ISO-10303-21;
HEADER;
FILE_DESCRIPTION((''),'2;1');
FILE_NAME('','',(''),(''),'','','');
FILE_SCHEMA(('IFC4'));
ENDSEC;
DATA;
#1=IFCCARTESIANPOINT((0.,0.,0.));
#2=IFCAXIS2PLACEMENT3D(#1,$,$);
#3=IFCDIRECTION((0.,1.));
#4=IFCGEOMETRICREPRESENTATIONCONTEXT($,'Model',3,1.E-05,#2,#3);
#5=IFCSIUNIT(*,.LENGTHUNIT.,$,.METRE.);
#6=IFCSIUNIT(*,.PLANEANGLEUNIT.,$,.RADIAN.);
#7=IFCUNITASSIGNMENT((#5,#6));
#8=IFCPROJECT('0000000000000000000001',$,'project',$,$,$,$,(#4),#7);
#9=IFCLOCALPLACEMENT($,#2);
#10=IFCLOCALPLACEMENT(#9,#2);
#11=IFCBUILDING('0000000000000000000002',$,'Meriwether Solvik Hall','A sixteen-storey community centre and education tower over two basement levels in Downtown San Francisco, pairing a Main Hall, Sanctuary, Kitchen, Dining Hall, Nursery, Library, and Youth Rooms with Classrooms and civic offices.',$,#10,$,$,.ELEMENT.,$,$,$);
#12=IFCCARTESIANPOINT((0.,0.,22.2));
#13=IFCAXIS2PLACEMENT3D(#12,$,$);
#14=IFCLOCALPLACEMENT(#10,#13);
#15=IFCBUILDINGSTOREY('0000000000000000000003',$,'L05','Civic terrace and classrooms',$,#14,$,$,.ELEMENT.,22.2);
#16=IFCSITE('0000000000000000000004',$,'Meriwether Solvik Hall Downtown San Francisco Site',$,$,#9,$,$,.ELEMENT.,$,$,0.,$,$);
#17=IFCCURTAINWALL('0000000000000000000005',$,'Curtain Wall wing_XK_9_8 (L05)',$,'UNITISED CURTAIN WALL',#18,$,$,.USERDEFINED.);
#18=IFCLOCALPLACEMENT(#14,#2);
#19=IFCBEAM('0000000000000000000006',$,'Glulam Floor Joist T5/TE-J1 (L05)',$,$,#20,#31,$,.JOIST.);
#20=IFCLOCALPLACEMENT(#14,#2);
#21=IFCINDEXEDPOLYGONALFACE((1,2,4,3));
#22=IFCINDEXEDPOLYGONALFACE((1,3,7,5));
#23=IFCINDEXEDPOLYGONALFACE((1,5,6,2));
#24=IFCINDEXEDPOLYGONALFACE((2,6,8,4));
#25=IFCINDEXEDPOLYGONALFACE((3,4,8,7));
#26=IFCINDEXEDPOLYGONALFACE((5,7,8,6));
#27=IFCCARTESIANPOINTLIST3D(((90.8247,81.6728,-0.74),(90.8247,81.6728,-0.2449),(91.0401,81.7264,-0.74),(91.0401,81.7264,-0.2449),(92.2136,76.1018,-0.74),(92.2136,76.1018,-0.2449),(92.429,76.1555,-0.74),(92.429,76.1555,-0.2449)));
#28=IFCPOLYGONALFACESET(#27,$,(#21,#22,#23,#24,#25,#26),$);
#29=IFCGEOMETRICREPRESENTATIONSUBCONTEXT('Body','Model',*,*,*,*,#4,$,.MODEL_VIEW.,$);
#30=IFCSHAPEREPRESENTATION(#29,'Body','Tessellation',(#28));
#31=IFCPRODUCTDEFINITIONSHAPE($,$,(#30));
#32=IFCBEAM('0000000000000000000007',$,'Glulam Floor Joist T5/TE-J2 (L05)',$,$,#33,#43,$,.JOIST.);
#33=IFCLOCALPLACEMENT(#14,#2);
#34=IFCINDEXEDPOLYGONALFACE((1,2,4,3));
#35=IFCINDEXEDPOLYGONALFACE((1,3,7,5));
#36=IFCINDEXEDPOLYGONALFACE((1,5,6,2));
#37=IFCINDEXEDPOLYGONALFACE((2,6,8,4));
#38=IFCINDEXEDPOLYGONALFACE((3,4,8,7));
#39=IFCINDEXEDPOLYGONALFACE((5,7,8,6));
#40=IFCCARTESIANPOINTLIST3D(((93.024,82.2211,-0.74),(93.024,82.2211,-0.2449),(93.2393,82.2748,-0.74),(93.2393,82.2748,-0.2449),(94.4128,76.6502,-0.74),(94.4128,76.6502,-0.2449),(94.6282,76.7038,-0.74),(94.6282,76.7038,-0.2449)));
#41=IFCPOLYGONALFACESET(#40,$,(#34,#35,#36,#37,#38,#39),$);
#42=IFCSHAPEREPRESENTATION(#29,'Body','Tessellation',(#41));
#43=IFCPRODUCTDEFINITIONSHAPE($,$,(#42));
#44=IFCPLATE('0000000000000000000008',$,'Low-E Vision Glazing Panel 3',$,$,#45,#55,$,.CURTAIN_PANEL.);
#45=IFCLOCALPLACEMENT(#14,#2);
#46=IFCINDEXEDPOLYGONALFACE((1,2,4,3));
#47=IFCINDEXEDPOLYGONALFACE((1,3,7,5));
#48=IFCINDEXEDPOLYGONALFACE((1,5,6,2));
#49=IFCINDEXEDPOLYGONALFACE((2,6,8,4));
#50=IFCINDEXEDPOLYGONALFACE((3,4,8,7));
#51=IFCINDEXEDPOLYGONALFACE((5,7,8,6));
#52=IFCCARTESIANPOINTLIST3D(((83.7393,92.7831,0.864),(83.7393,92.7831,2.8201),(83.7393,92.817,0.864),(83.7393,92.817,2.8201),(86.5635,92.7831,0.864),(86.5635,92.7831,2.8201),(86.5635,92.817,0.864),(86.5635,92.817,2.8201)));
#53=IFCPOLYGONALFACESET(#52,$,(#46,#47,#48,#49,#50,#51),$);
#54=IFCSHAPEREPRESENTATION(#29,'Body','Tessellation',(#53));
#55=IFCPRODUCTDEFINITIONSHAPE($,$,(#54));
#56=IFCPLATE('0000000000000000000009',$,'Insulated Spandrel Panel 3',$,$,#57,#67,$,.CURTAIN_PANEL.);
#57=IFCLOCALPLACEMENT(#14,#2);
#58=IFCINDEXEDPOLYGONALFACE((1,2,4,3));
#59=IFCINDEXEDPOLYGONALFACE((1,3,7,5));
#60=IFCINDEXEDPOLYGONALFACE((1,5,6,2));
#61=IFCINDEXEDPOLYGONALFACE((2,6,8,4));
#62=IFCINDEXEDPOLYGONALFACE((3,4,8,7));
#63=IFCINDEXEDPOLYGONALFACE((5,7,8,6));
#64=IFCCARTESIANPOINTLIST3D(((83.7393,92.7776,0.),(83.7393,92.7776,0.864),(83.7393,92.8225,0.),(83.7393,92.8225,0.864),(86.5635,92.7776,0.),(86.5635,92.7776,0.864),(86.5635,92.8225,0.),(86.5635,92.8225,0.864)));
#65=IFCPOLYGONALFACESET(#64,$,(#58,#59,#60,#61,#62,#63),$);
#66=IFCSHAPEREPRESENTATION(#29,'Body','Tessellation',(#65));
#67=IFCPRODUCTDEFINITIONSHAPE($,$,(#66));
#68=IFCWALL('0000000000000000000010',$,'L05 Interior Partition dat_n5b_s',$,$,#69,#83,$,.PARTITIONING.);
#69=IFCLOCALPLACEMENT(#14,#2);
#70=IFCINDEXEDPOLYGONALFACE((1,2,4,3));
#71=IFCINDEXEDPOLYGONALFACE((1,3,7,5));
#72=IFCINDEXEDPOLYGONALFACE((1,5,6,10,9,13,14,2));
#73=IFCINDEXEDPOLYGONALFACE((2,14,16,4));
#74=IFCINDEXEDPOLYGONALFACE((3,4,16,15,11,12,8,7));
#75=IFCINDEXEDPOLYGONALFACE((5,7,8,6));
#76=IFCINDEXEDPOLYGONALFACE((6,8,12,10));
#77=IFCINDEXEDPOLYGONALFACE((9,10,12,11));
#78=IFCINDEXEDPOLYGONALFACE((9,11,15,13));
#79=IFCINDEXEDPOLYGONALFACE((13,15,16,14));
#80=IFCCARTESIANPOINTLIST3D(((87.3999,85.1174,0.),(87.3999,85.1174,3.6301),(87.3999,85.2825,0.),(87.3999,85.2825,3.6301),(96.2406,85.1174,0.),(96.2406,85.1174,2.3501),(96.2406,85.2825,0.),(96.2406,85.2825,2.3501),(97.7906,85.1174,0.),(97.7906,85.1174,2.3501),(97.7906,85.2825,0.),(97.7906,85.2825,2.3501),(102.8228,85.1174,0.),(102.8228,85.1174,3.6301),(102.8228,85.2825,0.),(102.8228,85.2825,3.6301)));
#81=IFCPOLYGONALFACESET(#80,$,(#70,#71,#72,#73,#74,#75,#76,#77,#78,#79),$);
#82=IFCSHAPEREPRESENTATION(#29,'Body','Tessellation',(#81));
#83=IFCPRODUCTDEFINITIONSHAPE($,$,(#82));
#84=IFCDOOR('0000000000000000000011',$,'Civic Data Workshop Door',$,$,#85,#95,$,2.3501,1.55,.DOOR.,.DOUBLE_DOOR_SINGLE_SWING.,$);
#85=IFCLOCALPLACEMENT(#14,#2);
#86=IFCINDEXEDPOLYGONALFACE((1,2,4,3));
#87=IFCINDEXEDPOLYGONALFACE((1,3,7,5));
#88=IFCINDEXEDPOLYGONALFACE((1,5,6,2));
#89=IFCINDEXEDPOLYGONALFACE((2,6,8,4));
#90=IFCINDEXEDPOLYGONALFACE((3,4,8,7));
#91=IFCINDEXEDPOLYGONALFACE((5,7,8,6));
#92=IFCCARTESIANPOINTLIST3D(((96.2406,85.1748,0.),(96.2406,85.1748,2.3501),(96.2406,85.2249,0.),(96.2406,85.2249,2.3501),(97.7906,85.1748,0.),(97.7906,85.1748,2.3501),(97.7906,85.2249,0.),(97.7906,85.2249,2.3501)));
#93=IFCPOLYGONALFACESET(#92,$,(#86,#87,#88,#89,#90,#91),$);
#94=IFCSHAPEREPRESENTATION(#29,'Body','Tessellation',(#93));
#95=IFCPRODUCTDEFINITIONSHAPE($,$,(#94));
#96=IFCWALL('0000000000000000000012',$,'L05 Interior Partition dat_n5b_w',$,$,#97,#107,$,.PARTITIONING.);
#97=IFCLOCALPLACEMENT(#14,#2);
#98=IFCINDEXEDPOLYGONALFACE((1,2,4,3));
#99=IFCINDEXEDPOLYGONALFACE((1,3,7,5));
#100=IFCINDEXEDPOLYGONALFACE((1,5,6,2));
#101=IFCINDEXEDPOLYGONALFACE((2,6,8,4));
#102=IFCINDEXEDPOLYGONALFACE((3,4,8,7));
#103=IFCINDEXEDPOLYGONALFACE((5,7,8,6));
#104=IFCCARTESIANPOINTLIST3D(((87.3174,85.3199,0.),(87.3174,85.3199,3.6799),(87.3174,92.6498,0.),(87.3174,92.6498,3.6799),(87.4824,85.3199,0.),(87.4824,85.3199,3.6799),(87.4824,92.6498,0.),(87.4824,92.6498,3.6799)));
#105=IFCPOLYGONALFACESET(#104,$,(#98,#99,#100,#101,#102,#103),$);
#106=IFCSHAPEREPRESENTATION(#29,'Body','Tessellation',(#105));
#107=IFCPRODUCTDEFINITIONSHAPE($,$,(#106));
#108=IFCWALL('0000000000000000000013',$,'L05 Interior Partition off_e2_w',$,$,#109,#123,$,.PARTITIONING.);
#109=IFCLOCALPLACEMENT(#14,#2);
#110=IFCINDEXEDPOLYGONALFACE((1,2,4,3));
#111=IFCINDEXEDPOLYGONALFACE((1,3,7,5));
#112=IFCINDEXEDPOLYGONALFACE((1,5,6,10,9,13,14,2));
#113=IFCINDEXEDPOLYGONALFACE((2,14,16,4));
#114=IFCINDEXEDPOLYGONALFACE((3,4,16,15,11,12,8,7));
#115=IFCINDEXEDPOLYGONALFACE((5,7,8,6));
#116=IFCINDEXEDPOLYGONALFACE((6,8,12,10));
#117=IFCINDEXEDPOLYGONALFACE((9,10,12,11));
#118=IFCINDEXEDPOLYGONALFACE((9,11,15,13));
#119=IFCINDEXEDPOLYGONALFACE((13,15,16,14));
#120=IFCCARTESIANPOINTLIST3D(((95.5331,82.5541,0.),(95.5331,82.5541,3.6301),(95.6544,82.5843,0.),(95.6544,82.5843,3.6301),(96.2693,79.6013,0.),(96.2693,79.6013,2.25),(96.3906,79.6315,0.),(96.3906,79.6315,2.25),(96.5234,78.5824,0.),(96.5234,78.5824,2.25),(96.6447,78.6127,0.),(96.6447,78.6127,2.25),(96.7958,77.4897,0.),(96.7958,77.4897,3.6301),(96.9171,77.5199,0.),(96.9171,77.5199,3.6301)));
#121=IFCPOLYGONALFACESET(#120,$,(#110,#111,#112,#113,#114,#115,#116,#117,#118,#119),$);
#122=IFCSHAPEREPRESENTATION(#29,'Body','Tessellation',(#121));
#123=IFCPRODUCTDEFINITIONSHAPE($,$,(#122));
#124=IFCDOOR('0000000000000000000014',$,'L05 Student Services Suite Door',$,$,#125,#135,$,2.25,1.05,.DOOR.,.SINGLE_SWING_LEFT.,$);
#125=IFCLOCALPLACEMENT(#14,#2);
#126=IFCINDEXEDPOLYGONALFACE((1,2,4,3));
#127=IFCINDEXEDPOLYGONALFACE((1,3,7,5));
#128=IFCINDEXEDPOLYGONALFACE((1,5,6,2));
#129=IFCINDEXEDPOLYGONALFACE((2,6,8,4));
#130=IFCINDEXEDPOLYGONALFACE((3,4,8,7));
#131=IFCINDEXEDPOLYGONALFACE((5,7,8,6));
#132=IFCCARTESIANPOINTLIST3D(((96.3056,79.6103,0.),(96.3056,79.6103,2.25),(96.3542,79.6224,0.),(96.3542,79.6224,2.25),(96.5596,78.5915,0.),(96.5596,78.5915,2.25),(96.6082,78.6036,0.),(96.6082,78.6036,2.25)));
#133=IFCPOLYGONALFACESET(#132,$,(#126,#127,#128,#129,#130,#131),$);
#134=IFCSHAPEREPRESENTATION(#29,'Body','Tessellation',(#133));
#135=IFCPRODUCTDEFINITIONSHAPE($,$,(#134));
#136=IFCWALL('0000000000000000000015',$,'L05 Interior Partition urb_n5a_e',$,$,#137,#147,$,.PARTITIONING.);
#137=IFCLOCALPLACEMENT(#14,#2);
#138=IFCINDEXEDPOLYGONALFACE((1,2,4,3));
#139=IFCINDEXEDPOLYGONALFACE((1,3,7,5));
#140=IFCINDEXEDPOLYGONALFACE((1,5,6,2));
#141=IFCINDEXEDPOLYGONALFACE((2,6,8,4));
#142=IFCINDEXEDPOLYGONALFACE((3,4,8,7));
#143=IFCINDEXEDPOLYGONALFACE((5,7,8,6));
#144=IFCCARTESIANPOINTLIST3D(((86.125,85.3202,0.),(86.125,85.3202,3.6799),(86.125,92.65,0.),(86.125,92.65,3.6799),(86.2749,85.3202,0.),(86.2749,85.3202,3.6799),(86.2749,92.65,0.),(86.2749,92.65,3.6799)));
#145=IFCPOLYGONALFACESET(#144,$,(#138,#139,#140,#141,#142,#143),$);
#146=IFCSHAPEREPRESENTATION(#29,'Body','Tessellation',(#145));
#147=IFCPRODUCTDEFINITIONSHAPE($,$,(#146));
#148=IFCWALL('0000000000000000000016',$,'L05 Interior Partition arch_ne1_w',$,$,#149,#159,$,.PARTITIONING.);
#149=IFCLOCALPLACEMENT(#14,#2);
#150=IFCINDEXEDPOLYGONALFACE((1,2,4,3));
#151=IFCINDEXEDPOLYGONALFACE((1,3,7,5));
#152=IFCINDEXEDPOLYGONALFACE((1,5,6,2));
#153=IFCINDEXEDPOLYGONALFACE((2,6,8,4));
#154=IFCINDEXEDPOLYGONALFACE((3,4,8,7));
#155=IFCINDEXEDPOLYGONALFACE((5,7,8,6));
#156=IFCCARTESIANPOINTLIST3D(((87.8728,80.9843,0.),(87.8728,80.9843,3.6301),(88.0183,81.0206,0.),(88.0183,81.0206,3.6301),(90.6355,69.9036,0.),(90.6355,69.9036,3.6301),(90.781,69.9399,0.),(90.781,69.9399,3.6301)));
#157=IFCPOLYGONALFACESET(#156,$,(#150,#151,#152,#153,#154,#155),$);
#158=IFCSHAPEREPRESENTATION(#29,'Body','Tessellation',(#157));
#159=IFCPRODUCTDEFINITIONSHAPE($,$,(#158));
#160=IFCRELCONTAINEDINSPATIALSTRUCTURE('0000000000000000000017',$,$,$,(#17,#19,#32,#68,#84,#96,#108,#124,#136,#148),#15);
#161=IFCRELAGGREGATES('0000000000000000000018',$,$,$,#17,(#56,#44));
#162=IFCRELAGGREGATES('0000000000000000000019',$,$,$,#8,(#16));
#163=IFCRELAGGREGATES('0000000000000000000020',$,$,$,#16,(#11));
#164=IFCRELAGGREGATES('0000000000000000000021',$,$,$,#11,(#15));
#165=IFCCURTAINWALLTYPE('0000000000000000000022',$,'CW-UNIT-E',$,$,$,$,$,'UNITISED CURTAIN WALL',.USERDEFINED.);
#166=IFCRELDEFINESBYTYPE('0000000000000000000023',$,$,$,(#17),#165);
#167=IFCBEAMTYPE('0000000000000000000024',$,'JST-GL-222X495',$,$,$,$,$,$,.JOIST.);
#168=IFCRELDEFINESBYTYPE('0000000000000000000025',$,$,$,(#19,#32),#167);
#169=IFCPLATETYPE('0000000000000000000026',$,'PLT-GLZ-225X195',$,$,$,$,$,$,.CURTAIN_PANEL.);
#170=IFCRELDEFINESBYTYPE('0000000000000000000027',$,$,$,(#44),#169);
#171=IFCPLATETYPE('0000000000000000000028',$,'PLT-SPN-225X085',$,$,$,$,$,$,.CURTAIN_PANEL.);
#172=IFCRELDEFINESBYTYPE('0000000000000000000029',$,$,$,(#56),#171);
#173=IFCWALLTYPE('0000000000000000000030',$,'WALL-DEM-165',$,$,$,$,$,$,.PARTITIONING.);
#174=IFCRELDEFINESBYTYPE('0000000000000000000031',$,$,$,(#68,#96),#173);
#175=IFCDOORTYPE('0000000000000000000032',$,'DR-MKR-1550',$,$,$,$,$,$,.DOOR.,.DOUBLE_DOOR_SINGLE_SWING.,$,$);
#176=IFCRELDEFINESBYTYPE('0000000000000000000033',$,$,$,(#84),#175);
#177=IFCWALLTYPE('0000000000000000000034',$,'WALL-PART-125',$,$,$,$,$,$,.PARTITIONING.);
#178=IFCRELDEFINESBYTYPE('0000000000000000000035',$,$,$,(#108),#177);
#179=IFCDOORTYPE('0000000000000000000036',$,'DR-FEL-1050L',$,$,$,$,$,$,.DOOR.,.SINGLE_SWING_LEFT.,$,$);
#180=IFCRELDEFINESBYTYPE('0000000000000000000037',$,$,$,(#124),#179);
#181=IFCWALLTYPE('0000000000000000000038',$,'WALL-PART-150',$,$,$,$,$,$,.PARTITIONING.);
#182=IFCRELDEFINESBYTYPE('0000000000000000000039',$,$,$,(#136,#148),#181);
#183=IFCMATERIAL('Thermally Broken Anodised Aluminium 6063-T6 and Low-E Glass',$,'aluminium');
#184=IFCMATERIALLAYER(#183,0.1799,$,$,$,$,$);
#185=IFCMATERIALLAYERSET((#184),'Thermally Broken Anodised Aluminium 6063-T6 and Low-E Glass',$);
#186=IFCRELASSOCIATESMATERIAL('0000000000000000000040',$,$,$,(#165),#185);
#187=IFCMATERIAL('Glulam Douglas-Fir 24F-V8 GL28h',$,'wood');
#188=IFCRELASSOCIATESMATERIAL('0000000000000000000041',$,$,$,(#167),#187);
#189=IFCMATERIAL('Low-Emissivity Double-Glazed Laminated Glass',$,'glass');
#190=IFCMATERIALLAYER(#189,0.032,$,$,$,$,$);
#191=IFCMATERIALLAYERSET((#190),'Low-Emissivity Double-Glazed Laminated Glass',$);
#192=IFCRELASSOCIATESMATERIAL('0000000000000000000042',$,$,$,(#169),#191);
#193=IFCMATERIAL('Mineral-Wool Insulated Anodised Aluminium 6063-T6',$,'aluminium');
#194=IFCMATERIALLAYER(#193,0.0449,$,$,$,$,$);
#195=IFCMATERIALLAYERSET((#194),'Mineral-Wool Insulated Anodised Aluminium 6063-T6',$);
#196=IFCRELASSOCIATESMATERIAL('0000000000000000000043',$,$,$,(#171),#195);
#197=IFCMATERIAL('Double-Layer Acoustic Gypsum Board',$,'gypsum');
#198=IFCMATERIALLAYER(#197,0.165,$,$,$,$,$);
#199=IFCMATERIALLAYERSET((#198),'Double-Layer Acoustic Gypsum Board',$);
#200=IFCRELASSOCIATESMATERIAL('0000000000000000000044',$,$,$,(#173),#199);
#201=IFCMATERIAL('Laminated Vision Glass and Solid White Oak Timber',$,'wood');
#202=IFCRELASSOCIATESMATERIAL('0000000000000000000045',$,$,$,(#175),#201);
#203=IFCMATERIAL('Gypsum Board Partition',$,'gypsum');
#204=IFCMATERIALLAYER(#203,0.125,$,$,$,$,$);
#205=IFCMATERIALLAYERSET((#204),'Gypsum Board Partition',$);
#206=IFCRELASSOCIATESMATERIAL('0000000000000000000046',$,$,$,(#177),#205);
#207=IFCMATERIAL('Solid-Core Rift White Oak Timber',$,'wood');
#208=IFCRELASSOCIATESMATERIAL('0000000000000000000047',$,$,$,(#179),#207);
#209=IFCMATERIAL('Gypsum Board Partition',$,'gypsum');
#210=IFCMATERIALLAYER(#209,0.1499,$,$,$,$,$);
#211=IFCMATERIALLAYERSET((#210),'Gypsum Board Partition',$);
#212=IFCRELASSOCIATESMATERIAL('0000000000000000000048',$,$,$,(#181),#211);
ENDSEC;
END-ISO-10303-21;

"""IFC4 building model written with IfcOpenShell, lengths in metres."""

from ifc_helpers import new_model, si_unit, direction, frame, frame_2d, origin, origin_2d, place, context, subcontext, project, spatial, rectangle, extrude, material, layer, layer_set, material_profile, profile_set, type_object, element, fill, aggregate, save


model = new_model("IFC4")

# Units and contexts
model_context = context("Model", 3, precision=1e-05, world=origin(), true_north=direction((0.0, 1.0)))
body_context = subcontext(model_context, "Body", "Model", "MODEL_VIEW")
ifc_project = project(units=[si_unit("LENGTHUNIT", "METRE"), si_unit("PLANEANGLEUNIT", "RADIAN")], contexts=[model_context])

# Site, building, storey
site_placement = place(None, origin())
site = spatial("IfcSite", under=ifc_project, at=site_placement, Name="Meriwether Solvik Hall Downtown San Francisco Site", CompositionType="ELEMENT", RefElevation=0.0)
building_placement = place(site_placement, origin())
building = spatial("IfcBuilding", under=site, at=building_placement, Name="Meriwether Solvik Hall", Description="A sixteen-storey community centre and education tower over two basement levels in Downtown San Francisco, pairing a Main Hall, Sanctuary, Kitchen, Dining Hall, Nursery, Library, and Youth Rooms with Classrooms and civic offices.", CompositionType="ELEMENT")
storey_placement = place(building_placement, frame((0.0, 0.0, 22.2)))
storey = spatial("IfcBuildingStorey", under=building, at=storey_placement, Name="L05", Description="Civic terrace and classrooms", CompositionType="ELEMENT", Elevation=22.2)

# Curtain wall
ifc_material_1 = material(Name="Thermally Broken Anodised Aluminium 6063-T6 and Low-E Glass", Category="aluminium")
ifc_layer_1 = layer(ifc_material_1, 0.1799)
ifc_layer_set_1 = layer_set([ifc_layer_1], Name="Thermally Broken Anodised Aluminium 6063-T6 and Low-E Glass")
curtain_wall_type = type_object("IfcCurtainWallType", Name="CW-UNIT-E", ElementType="UNITISED CURTAIN WALL", PredefinedType="USERDEFINED", material=ifc_layer_set_1)
curtain_wall_placement = place(storey_placement, origin())
curtain_wall = element("IfcCurtainWall", 1, at=curtain_wall_placement, inside=storey, type_object=curtain_wall_type, Name="Curtain Wall wing_XK_9_8 (L05)", ObjectType="UNITISED CURTAIN WALL", PredefinedType="USERDEFINED")

# Beams
ifc_material_2 = material(Name="Glulam Douglas-Fir 24F-V8 GL28h", Category="wood")
ifc_material_profile_1 = material_profile(ifc_material_2, rectangle(XDim=0.2219, YDim=0.4951, at=origin_2d()), Name="GLJ-222X495")
ifc_profile_set_1 = profile_set([ifc_material_profile_1], Name="Glulam Douglas-Fir 24F-V8 GL28h")
beam_type_1 = type_object("IfcBeamType", Name="JST-GL-222X495", PredefinedType="JOIST", material=ifc_profile_set_1)
for number, where, z_axis, x_axis, name in (
    (2, (92.3213, 76.1287, -0.4924), (-0.241905, 0.9703, 0.0), (-0.9703, -0.241905, 0.0), "Glulam Floor Joist T5/TE-J1 (L05)"),
    (3, (94.5205, 76.677, -0.4924), (-0.241905, 0.9703, 0.0), (-0.9703, -0.241905, 0.0), "Glulam Floor Joist T5/TE-J2 (L05)"),
):
    element("IfcBeam", number, at=place(storey_placement, frame(where, z_axis=z_axis, x_axis=x_axis)), inside=storey, type_object=beam_type_1, Name=name, PredefinedType="JOIST", context=body_context, shape_type="SweptSolid", body=[
        extrude(rectangle(XDim=0.2219, YDim=0.4951, at=origin_2d()), origin(), (0.0, 0.0, 1.0), 5.7415),
    ])

# Plates
ifc_material_3 = material(Name="Low-Emissivity Double-Glazed Laminated Glass", Category="glass")
ifc_layer_2 = layer(ifc_material_3, 0.032)
ifc_layer_set_2 = layer_set([ifc_layer_2], Name="Low-Emissivity Double-Glazed Laminated Glass")
plate_type_1 = type_object("IfcPlateType", Name="PLT-GLZ-225X195", PredefinedType="CURTAIN_PANEL", material=ifc_layer_set_2)
plate_1_placement = place(storey_placement, frame((85.1514, 92.8, 0.864), z_axis=(0.0, 0.0, 1.0), x_axis=(1.0, 0.0, 0.0)))
plate_1 = element("IfcPlate", 4, at=plate_1_placement, type_object=plate_type_1, Name="Low-E Vision Glazing Panel 3", PredefinedType="CURTAIN_PANEL", context=body_context, shape_type="SweptSolid", body=[
    extrude(rectangle(XDim=2.8242, YDim=0.0339, at=origin_2d()), origin(), (0.0, 0.0, 1.0), 1.9561),
])
ifc_material_4 = material(Name="Mineral-Wool Insulated Anodised Aluminium 6063-T6", Category="aluminium")
ifc_layer_3 = layer(ifc_material_4, 0.0449)
ifc_layer_set_3 = layer_set([ifc_layer_3], Name="Mineral-Wool Insulated Anodised Aluminium 6063-T6")
plate_type_2 = type_object("IfcPlateType", Name="PLT-SPN-225X085", PredefinedType="CURTAIN_PANEL", material=ifc_layer_set_3)
plate_2_placement = place(storey_placement, frame((85.1514, 92.8, 0.0), z_axis=(0.0, 0.0, 1.0), x_axis=(1.0, 0.0, 0.0)))
plate_2 = element("IfcPlate", 5, at=plate_2_placement, type_object=plate_type_2, Name="Insulated Spandrel Panel 3", PredefinedType="CURTAIN_PANEL", context=body_context, shape_type="SweptSolid", body=[
    extrude(rectangle(XDim=2.8242, YDim=0.0449, at=origin_2d()), origin(), (0.0, 0.0, 1.0), 0.864),
])
aggregate(curtain_wall, [plate_2, plate_1])

# Wall, opening, door
ifc_material_5 = material(Name="Double-Layer Acoustic Gypsum Board", Category="gypsum")
ifc_layer_4 = layer(ifc_material_5, 0.165)
ifc_layer_set_4 = layer_set([ifc_layer_4], Name="Double-Layer Acoustic Gypsum Board")
wall_type_1 = type_object("IfcWallType", Name="WALL-DEM-165", PredefinedType="PARTITIONING", material=ifc_layer_set_4)
wall_1_placement = place(storey_placement, frame((87.3999, 85.2, 0.0), z_axis=(0.0, 0.0, 1.0), x_axis=(1.0, 0.0, 0.0)))
wall_1 = element("IfcWall", 6, at=wall_1_placement, inside=storey, type_object=wall_type_1, Name="L05 Interior Partition dat_n5b_s", PredefinedType="PARTITIONING", context=body_context, shape_type="SweptSolid", body=[
    extrude(rectangle(XDim=15.4229, YDim=0.165, at=frame_2d((7.7114, 0.0))), origin(), (0.0, 0.0, 1.0), 3.6301),
])
opening_1_placement = place(wall_1_placement, frame((8.8408, 0.0, 0.0)))
opening_1 = element("IfcOpeningElement", 7, at=opening_1_placement, cuts=wall_1, PredefinedType="OPENING", context=body_context, shape_type="SweptSolid", body=[
    extrude(rectangle(XDim=1.55, YDim=2.3501, at=frame_2d((0.7749, 1.175))), frame((0.0, 0.0945, 0.0), z_axis=(0.0, -1.0, 0.0), x_axis=(1.0, 0.0, 0.0)), (0.0, 0.0, 1.0), 0.189),
])
ifc_material_6 = material(Name="Laminated Vision Glass and Solid White Oak Timber", Category="wood")
door_type_1 = type_object("IfcDoorType", Name="DR-MKR-1550", OperationType="DOUBLE_DOOR_SINGLE_SWING", PredefinedType="DOOR", material=ifc_material_6)
door_1_placement = place(opening_1_placement, origin())
door_1 = element("IfcDoor", 8, at=door_1_placement, inside=storey, type_object=door_type_1, Name="Civic Data Workshop Door", OperationType="DOUBLE_DOOR_SINGLE_SWING", OverallHeight=2.3501, OverallWidth=1.55, PredefinedType="DOOR", context=body_context, shape_type="SweptSolid", body=[
    extrude(rectangle(XDim=1.55, YDim=2.3501, at=frame_2d((0.7749, 1.175))), frame((0.0, 0.0249, 0.0), z_axis=(0.0, -1.0, 0.0), x_axis=(1.0, 0.0, 0.0)), (0.0, 0.0, 1.0), 0.05),
])
fill(opening_1, door_1)

# Wall
wall_2_placement = place(storey_placement, frame((87.3999, 92.6499, 0.0), z_axis=(0.0, 0.0, 1.0), x_axis=(0.0, -1.0, 0.0)))
element("IfcWall", 9, at=wall_2_placement, inside=storey, type_object=wall_type_1, Name="L05 Interior Partition dat_n5b_w", PredefinedType="PARTITIONING", context=body_context, shape_type="SweptSolid", body=[
    extrude(rectangle(XDim=7.3298, YDim=0.165, at=frame_2d((3.665, 0.0))), origin(), (0.0, 0.0, 1.0), 3.6799),
])

# Wall, opening, door
ifc_material_7 = material(Name="Gypsum Board Partition", Category="gypsum")
ifc_layer_5 = layer(ifc_material_7, 0.125)
ifc_layer_set_5 = layer_set([ifc_layer_5], Name="Gypsum Board Partition")
wall_type_2 = type_object("IfcWallType", Name="WALL-PART-125", PredefinedType="PARTITIONING", material=ifc_layer_set_5)
wall_3_placement = place(storey_placement, frame((95.5938, 82.5693, 0.0), z_axis=(0.0, 0.0, 1.0), x_axis=(0.241919, -0.970296, 0.0)))
wall_3 = element("IfcWall", 10, at=wall_3_placement, inside=storey, type_object=wall_type_2, Name="L05 Interior Partition off_e2_w", PredefinedType="PARTITIONING", context=body_context, shape_type="SweptSolid", body=[
    extrude(rectangle(XDim=5.2195, YDim=0.125, at=frame_2d((2.6099, 0.0))), origin(), (0.0, 0.0, 1.0), 3.6301),
])
opening_2_placement = place(wall_3_placement, frame((3.0435, 0.0, 0.0)))
opening_2 = element("IfcOpeningElement", 11, at=opening_2_placement, cuts=wall_3, PredefinedType="OPENING", context=body_context, shape_type="SweptSolid", body=[
    extrude(rectangle(XDim=1.05, YDim=2.25, at=frame_2d((0.5249, 1.125))), frame((0.0, 0.0745, 0.0), z_axis=(0.0, -1.0, 0.0), x_axis=(1.0, 0.0, 0.0)), (0.0, 0.0, 1.0), 0.1489),
])
ifc_material_8 = material(Name="Solid-Core Rift White Oak Timber", Category="wood")
door_type_2 = type_object("IfcDoorType", Name="DR-FEL-1050L", OperationType="SINGLE_SWING_LEFT", PredefinedType="DOOR", material=ifc_material_8)
door_2_placement = place(opening_2_placement, origin())
door_2 = element("IfcDoor", 12, at=door_2_placement, inside=storey, type_object=door_type_2, Name="L05 Student Services Suite Door", OperationType="SINGLE_SWING_LEFT", OverallHeight=2.25, OverallWidth=1.05, PredefinedType="DOOR", context=body_context, shape_type="SweptSolid", body=[
    extrude(rectangle(XDim=1.05, YDim=2.25, at=frame_2d((0.5249, 1.125))), frame((0.0, 0.0249, 0.0), z_axis=(0.0, -1.0, 0.0), x_axis=(1.0, 0.0, 0.0)), (0.0, 0.0, 1.0), 0.05),
])
fill(opening_2, door_2)

# Walls
ifc_material_9 = material(Name="Gypsum Board Partition", Category="gypsum")
ifc_layer_6 = layer(ifc_material_9, 0.1499)
ifc_layer_set_6 = layer_set([ifc_layer_6], Name="Gypsum Board Partition")
wall_type_3 = type_object("IfcWallType", Name="WALL-PART-150", PredefinedType="PARTITIONING", material=ifc_layer_set_6)
wall_4_placement = place(storey_placement, frame((86.2, 85.3201, 0.0), z_axis=(0.0, 0.0, 1.0), x_axis=(0.0, 1.0, 0.0)))
element("IfcWall", 13, at=wall_4_placement, inside=storey, type_object=wall_type_3, Name="L05 Interior Partition urb_n5a_e", PredefinedType="PARTITIONING", context=body_context, shape_type="SweptSolid", body=[
    extrude(rectangle(XDim=7.3298, YDim=0.1499, at=frame_2d((3.665, 0.0))), origin(), (0.0, 0.0, 1.0), 3.6799),
])
wall_5_placement = place(storey_placement, frame((87.9456, 81.0024, 0.0), z_axis=(0.0, 0.0, 1.0), x_axis=(0.241917, -0.970297, 0.0)))
element("IfcWall", 14, at=wall_5_placement, inside=storey, type_object=wall_type_3, Name="L05 Interior Partition arch_ne1_w", PredefinedType="PARTITIONING", context=body_context, shape_type="SweptSolid", body=[
    extrude(rectangle(XDim=11.4199, YDim=0.1499, at=frame_2d((5.71, 0.0))), origin(), (0.0, 0.0, 1.0), 3.6301),
])

save(model, "model.ifc")
